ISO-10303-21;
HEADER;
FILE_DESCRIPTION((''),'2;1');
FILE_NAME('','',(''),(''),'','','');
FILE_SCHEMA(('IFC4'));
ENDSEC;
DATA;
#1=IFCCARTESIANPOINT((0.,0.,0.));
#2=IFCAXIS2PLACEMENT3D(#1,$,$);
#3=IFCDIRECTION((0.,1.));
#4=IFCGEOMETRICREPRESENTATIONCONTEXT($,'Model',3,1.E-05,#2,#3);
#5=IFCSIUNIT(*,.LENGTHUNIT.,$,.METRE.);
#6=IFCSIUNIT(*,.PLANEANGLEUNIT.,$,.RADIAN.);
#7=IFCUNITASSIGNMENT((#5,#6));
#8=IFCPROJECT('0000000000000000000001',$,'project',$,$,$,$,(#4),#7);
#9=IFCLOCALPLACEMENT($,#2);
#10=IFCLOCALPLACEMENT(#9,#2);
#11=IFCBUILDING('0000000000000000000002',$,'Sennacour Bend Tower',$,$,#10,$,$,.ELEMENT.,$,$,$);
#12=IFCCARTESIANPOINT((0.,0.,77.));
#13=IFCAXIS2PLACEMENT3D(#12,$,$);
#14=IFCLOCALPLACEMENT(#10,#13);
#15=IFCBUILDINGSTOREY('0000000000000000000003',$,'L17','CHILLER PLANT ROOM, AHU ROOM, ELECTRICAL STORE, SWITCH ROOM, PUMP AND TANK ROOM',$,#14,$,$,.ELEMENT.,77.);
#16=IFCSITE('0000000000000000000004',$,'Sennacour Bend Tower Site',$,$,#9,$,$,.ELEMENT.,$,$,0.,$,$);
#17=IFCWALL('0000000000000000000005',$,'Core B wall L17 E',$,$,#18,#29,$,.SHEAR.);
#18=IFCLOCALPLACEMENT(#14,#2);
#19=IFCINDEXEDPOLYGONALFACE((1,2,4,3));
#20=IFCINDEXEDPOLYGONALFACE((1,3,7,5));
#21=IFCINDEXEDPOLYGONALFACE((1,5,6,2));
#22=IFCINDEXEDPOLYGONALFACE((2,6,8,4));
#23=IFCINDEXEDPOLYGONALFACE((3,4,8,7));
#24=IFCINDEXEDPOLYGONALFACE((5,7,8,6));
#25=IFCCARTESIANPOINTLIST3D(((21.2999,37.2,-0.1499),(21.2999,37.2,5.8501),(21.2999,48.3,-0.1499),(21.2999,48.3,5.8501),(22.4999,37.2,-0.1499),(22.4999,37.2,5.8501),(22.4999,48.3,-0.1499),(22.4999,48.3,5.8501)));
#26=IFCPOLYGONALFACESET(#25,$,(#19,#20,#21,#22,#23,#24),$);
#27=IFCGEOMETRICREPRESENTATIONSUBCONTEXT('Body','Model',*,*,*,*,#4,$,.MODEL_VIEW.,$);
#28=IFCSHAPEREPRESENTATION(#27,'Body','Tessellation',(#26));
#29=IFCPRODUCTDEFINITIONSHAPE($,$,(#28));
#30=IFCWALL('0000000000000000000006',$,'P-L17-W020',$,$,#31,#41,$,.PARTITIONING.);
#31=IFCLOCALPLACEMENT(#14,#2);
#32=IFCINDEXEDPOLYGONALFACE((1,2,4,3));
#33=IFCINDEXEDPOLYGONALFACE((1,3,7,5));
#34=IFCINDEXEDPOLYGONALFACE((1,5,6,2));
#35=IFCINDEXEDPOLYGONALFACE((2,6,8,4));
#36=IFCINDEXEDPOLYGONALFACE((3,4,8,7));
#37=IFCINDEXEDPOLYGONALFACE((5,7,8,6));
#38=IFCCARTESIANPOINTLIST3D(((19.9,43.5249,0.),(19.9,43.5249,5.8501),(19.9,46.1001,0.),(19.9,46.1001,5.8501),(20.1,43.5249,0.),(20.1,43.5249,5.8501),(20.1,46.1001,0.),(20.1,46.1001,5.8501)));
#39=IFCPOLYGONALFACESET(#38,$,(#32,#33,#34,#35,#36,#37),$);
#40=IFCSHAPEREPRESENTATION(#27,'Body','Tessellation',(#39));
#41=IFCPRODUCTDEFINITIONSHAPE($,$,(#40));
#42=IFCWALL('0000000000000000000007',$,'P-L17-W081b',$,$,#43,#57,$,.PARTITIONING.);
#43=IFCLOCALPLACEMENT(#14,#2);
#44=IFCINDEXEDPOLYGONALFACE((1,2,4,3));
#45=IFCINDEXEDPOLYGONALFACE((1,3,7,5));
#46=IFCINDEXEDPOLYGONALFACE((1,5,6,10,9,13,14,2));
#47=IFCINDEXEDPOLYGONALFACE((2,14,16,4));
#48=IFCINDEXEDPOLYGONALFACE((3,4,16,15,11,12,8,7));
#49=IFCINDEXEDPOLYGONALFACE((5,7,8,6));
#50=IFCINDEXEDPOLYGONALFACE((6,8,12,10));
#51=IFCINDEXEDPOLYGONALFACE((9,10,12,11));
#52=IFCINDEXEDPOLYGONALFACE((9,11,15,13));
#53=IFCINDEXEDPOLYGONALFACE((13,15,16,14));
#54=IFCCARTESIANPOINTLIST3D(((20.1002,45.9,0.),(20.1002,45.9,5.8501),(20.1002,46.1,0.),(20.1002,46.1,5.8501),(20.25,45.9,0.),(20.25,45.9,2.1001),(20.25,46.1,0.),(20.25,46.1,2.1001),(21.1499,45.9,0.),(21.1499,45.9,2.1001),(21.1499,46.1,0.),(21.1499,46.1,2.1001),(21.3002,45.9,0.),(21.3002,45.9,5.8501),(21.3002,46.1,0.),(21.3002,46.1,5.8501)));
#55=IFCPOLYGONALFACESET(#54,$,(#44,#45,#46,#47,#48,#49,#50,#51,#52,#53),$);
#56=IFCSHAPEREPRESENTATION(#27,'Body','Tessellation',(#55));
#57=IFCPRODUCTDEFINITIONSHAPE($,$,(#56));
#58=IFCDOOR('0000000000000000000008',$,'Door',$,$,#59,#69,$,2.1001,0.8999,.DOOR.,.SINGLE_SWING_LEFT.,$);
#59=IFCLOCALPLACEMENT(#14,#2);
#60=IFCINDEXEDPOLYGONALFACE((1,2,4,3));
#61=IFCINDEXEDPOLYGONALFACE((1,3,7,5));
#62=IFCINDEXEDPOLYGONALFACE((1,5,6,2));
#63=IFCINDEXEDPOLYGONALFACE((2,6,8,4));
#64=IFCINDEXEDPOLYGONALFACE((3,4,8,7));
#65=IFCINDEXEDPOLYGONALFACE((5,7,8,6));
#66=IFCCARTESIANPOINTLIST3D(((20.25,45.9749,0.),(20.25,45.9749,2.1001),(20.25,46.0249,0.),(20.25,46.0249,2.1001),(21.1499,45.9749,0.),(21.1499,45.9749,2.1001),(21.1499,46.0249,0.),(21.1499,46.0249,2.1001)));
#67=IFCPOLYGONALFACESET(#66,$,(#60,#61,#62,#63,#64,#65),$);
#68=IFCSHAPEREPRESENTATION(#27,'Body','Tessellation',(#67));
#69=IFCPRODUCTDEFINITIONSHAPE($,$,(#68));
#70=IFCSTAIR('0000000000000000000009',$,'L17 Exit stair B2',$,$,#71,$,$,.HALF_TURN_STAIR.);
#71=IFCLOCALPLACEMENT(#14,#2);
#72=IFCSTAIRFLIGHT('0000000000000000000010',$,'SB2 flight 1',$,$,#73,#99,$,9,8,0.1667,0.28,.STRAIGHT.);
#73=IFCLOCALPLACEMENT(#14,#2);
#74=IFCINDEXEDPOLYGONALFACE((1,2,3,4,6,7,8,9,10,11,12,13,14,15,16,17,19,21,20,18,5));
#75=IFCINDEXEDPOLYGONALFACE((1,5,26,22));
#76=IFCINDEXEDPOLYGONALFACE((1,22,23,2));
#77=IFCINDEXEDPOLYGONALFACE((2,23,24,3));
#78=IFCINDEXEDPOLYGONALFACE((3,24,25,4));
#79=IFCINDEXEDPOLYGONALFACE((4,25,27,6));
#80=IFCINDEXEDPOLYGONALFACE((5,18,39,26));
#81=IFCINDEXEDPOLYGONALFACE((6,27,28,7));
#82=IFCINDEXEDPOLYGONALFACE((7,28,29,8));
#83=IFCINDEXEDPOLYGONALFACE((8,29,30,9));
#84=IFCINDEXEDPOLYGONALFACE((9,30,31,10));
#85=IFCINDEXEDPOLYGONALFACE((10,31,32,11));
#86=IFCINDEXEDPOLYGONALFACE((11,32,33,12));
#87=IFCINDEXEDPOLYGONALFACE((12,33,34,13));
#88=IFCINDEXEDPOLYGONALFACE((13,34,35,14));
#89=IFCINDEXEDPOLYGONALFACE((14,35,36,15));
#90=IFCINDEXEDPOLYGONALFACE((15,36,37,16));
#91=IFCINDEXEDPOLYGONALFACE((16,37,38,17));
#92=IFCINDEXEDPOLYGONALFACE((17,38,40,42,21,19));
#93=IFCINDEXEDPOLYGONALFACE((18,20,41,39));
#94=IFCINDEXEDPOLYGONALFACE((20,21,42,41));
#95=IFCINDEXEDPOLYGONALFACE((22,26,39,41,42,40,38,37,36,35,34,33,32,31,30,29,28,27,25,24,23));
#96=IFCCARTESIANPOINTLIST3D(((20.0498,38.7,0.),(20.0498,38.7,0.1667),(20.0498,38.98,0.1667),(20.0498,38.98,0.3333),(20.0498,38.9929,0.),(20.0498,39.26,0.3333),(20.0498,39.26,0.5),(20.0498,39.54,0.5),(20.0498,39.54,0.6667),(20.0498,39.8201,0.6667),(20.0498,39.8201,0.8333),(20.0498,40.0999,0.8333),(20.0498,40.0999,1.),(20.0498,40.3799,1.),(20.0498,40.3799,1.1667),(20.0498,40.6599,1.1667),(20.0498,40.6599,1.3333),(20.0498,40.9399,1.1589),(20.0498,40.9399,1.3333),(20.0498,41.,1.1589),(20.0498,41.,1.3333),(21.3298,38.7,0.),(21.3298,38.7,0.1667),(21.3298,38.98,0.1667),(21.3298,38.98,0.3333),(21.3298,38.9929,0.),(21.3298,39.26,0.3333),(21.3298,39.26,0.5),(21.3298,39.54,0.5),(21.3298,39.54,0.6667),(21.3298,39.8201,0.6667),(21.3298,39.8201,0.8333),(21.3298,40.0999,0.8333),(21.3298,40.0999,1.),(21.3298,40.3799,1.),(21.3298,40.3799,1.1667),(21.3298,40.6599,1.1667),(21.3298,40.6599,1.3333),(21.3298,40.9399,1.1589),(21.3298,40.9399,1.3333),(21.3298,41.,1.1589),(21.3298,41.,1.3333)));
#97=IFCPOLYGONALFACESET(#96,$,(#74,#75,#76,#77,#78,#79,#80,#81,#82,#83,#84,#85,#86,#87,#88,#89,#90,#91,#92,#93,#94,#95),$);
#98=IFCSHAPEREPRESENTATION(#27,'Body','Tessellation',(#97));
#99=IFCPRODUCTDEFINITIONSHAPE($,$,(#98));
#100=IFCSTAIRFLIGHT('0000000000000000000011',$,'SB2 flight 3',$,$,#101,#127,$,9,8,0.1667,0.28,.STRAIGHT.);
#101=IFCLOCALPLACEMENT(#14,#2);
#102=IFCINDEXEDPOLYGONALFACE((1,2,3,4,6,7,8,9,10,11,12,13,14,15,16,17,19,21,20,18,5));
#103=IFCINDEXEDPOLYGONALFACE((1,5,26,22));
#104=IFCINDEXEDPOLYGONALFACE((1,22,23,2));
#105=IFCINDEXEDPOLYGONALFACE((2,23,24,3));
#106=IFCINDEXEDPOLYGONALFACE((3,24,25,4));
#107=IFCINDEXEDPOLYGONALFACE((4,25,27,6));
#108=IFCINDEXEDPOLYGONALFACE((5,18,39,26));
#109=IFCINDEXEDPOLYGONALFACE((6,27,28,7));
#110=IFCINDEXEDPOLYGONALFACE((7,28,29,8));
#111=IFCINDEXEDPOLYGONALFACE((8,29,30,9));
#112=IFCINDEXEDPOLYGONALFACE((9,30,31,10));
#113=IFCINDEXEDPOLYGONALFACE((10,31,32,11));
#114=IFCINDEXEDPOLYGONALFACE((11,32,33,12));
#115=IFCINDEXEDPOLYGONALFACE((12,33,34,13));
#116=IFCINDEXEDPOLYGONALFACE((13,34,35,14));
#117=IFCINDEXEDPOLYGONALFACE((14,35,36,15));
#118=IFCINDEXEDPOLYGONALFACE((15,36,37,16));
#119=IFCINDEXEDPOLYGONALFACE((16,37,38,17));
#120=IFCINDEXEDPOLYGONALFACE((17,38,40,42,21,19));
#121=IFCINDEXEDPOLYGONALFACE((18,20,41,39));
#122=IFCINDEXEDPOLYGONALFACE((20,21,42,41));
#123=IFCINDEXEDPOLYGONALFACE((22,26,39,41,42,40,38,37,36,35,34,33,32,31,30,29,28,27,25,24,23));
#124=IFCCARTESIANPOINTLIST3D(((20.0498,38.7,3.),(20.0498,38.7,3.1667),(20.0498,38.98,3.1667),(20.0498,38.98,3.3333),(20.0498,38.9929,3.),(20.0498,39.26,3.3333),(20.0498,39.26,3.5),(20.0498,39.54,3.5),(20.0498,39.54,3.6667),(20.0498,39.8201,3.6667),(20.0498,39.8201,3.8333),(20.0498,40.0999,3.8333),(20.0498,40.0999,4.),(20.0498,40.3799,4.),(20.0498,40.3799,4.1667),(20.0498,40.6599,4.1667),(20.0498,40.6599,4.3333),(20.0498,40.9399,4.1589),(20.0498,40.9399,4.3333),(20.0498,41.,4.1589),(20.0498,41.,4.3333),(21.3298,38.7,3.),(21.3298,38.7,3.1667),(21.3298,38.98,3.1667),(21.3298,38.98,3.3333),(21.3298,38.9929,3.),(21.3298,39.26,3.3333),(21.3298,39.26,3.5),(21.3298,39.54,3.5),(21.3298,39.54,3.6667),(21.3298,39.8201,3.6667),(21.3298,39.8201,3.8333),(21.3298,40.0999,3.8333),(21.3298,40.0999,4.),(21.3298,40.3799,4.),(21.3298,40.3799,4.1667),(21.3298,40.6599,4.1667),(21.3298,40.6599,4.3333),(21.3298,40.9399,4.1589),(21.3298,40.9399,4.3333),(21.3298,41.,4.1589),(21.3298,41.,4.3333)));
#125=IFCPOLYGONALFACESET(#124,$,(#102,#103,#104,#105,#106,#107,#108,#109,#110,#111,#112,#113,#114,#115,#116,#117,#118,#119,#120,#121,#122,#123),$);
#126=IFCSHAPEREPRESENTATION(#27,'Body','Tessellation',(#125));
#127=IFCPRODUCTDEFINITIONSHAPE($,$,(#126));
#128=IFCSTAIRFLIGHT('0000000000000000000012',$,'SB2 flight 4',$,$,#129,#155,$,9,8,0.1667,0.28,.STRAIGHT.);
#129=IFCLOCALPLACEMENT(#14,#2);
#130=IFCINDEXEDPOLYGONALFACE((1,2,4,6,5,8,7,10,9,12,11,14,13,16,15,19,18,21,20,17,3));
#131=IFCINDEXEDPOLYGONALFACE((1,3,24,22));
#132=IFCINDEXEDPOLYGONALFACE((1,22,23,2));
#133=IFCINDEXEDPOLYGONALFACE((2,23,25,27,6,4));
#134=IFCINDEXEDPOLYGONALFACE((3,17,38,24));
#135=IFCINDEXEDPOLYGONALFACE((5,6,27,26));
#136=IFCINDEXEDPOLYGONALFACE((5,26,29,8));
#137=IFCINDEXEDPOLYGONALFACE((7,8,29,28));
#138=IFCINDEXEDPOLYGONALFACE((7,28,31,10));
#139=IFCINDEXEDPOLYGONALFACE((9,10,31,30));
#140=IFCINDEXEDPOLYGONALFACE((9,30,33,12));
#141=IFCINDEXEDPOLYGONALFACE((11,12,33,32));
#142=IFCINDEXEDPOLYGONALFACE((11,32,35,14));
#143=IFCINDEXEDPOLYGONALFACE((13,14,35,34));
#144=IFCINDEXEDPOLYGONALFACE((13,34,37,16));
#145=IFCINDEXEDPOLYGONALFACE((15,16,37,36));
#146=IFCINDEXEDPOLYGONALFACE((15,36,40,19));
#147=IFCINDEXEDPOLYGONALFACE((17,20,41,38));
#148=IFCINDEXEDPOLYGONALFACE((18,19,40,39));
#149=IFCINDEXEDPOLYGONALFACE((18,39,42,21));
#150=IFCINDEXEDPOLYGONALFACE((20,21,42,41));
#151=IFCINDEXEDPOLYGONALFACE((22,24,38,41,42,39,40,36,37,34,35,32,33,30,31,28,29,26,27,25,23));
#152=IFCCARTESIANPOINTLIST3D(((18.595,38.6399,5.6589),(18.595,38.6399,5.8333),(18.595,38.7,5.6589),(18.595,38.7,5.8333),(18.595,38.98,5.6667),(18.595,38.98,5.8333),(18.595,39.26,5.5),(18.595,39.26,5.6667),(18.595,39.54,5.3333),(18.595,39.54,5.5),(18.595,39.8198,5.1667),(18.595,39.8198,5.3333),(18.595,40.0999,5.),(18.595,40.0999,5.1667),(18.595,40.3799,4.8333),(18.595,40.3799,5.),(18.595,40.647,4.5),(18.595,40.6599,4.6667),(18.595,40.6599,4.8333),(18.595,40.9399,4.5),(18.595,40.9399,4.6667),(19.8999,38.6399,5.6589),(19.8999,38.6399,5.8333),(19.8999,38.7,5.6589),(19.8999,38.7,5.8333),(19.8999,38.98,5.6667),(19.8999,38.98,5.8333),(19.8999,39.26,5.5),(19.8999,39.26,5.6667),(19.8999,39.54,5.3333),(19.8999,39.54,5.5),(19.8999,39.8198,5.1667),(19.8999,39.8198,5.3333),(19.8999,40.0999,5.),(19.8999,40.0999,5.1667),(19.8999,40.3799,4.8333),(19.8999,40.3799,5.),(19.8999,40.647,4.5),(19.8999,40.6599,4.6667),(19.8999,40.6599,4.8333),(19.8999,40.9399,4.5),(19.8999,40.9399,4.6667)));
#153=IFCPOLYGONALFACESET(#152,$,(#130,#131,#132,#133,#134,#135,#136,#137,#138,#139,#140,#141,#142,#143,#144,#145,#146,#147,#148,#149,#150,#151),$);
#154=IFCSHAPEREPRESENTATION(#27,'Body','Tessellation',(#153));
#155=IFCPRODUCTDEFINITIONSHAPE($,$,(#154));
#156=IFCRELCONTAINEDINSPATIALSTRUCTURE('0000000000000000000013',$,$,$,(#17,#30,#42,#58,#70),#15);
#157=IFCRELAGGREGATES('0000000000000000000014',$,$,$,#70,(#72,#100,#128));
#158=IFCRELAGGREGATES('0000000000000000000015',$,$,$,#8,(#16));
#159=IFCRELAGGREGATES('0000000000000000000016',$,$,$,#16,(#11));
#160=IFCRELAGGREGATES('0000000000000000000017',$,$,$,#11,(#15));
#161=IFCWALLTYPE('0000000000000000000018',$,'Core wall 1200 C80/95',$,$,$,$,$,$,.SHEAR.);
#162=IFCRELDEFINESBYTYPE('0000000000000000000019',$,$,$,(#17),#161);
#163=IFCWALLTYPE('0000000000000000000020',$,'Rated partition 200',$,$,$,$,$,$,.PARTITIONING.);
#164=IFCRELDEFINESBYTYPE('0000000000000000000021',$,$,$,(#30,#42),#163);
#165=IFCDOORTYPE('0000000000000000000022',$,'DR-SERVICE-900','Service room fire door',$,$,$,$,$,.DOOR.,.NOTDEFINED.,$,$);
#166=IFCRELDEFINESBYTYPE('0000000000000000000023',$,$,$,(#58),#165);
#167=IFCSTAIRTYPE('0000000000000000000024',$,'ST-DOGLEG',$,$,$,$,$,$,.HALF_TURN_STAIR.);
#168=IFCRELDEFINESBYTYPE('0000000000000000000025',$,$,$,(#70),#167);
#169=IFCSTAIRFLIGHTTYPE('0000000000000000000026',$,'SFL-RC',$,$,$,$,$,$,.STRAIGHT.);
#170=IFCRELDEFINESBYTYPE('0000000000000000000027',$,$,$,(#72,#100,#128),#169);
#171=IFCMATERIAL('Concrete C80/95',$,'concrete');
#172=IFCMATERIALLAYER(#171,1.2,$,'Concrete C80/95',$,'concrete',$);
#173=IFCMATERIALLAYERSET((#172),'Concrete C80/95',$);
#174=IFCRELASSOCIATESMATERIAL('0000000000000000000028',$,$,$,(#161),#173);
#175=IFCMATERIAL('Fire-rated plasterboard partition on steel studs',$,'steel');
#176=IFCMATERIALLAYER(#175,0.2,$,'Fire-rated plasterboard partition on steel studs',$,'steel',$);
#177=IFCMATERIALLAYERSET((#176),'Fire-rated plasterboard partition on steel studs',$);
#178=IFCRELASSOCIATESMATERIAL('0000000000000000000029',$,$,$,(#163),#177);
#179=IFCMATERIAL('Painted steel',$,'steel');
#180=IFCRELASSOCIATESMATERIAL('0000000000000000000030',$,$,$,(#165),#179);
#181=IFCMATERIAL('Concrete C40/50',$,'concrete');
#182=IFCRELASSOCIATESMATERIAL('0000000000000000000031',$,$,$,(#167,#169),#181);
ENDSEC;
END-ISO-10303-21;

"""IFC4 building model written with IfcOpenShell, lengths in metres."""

from ifc_helpers import new_model, si_unit, direction, frame, frame_2d, origin, place, context, subcontext, project, spatial, polyline, rectangle, outline, extrude, material, layer, layer_set, type_object, element, fill, aggregate, save


model = new_model("IFC4")

# Units and contexts
model_context = context("Model", 3, precision=1e-05, world=origin(), true_north=direction((0.0, 1.0)))
body_context = subcontext(model_context, "Body", "Model", "MODEL_VIEW")
ifc_project = project(units=[si_unit("LENGTHUNIT", "METRE"), si_unit("PLANEANGLEUNIT", "RADIAN")], contexts=[model_context])

# Site, building, storey
site_placement = place(None, origin())
site = spatial("IfcSite", under=ifc_project, at=site_placement, Name="Sennacour Bend Tower Site", CompositionType="ELEMENT", RefElevation=0.0)
building_placement = place(site_placement, origin())
building = spatial("IfcBuilding", under=site, at=building_placement, Name="Sennacour Bend Tower", CompositionType="ELEMENT")
storey_placement = place(building_placement, frame((0.0, 0.0, 77.0)))
storey = spatial("IfcBuildingStorey", under=building, at=storey_placement, Name="L17", Description="CHILLER PLANT ROOM, AHU ROOM, ELECTRICAL STORE, SWITCH ROOM, PUMP AND TANK ROOM", CompositionType="ELEMENT", Elevation=77.0)

# Walls
ifc_material_1 = material(Name="Concrete C80/95", Category="concrete")
ifc_layer_1 = layer(ifc_material_1, 1.2, Name="Concrete C80/95", Category="concrete")
ifc_layer_set_1 = layer_set([ifc_layer_1], Name="Concrete C80/95")
wall_type_1 = type_object("IfcWallType", Name="Core wall 1200 C80/95", PredefinedType="SHEAR", material=ifc_layer_set_1)
wall_1_placement = place(storey_placement, frame((21.8999, 37.2, -0.1499), z_axis=(0.0, 0.0, 1.0), x_axis=(0.0, 1.0, 0.0)))
element("IfcWall", 1, at=wall_1_placement, inside=storey, type_object=wall_type_1, Name="Core B wall L17 E", PredefinedType="SHEAR", context=body_context, shape_type="SweptSolid", body=[
    extrude(rectangle(XDim=11.1001, YDim=1.2, at=frame_2d((5.55, 0.0))), origin(), (0.0, 0.0, 1.0), 6.0),
])
ifc_material_2 = material(Name="Fire-rated plasterboard partition on steel studs", Category="steel")
ifc_layer_2 = layer(ifc_material_2, 0.2, Name="Fire-rated plasterboard partition on steel studs", Category="steel")
ifc_layer_set_2 = layer_set([ifc_layer_2], Name="Fire-rated plasterboard partition on steel studs")
wall_type_2 = type_object("IfcWallType", Name="Rated partition 200", PredefinedType="PARTITIONING", material=ifc_layer_set_2)
wall_2_placement = place(storey_placement, frame((20.0, 43.5249, 0.0), z_axis=(0.0, 0.0, 1.0), x_axis=(0.0, 1.0, 0.0)))
element("IfcWall", 2, at=wall_2_placement, inside=storey, type_object=wall_type_2, Name="P-L17-W020", PredefinedType="PARTITIONING", context=body_context, shape_type="SweptSolid", body=[
    extrude(rectangle(XDim=2.5752, YDim=0.2, at=frame_2d((1.2876, 0.0))), origin(), (0.0, 0.0, 1.0), 5.8501),
])

# Wall, opening, door
wall_3_placement = place(storey_placement, frame((20.1001, 46.0, 0.0), z_axis=(0.0, 0.0, 1.0), x_axis=(1.0, 0.0, 0.0)))
wall_3 = element("IfcWall", 3, at=wall_3_placement, inside=storey, type_object=wall_type_2, Name="P-L17-W081b", PredefinedType="PARTITIONING", context=body_context, shape_type="SweptSolid", body=[
    extrude(rectangle(XDim=1.2, YDim=0.2, at=frame_2d((0.6001, 0.0))), origin(), (0.0, 0.0, 1.0), 5.8501),
])
opening_placement = place(wall_3_placement, frame((0.1499, 0.0, 0.0)))
opening = element("IfcOpeningElement", 4, at=opening_placement, cuts=wall_3, PredefinedType="OPENING", context=body_context, shape_type="SweptSolid", body=[
    extrude(rectangle(XDim=0.8999, YDim=2.1001, at=frame_2d((0.45, 1.05))), frame((0.0, 0.1099, 0.0), z_axis=(0.0, -1.0, 0.0), x_axis=(1.0, 0.0, 0.0)), (0.0, 0.0, 1.0), 0.22),
])
ifc_material_3 = material(Name="Painted steel", Category="steel")
door_type = type_object("IfcDoorType", Name="DR-SERVICE-900", Description="Service room fire door", OperationType="NOTDEFINED", PredefinedType="DOOR", material=ifc_material_3)
door_placement = place(opening_placement, origin())
door = element("IfcDoor", 5, at=door_placement, inside=storey, type_object=door_type, Name="Door", OperationType="SINGLE_SWING_LEFT", OverallHeight=2.1001, OverallWidth=0.8999, PredefinedType="DOOR", context=body_context, shape_type="SweptSolid", body=[
    extrude(rectangle(XDim=0.8999, YDim=2.1001, at=frame_2d((0.45, 1.05))), frame((0.0, 0.0249, 0.0), z_axis=(0.0, -1.0, 0.0), x_axis=(1.0, 0.0, 0.0)), (0.0, 0.0, 1.0), 0.05),
])
fill(opening, door)

# Stair, stair flights
ifc_material_4 = material(Name="Concrete C40/50", Category="concrete")
stair_type = type_object("IfcStairType", Name="ST-DOGLEG", PredefinedType="HALF_TURN_STAIR", material=ifc_material_4)
stair_placement = place(storey_placement, origin())
stair = element("IfcStair", 6, at=stair_placement, inside=storey, type_object=stair_type, Name="L17 Exit stair B2", PredefinedType="HALF_TURN_STAIR")
stair_flight_type = type_object("IfcStairFlightType", Name="SFL-RC", PredefinedType="STRAIGHT", material=ifc_material_4)
stair_flight_1_placement = place(storey_placement, frame((20.6899, 38.7, 0.0), z_axis=(0.0, 0.0, 1.0), x_axis=(0.0, 1.0, 0.0)))
stair_flight_1 = element("IfcStairFlight", 7, at=stair_flight_1_placement, type_object=stair_flight_type, Name="SB2 flight 1", NumberOfRisers=9, NumberOfTreads=8, PredefinedType="STRAIGHT", RiserHeight=0.1667, TreadLength=0.28, context=body_context, shape_type="SweptSolid", body=[
    extrude(outline(polyline([(0.0, 0.0), (0.0, 0.1667), (0.28, 0.1667), (0.28, 0.3333), (0.5601, 0.3333), (0.5601, 0.5), (0.8401, 0.5), (0.8401, 0.6667), (1.1201, 0.6667), (1.1201, 0.8333), (1.3999, 0.8333), (1.3999, 1.0), (1.6799, 1.0), (1.6799, 1.1667), (1.96, 1.1667), (1.96, 1.3333), (2.24, 1.3333), (2.3, 1.3333), (2.3, 1.1589), (2.24, 1.1589), (0.293, 0.0), (0.0, 0.0)])), frame((0.0, 0.6401, 0.0), z_axis=(0.0, -1.0, 0.0), x_axis=(1.0, 0.0, 0.0)), (0.0, 0.0, 1.0), 1.28),
])
stair_flight_2_placement = place(storey_placement, frame((20.6899, 38.7, 3.0), z_axis=(0.0, 0.0, 1.0), x_axis=(0.0, 1.0, 0.0)))
stair_flight_2 = element("IfcStairFlight", 8, at=stair_flight_2_placement, type_object=stair_flight_type, Name="SB2 flight 3", NumberOfRisers=9, NumberOfTreads=8, PredefinedType="STRAIGHT", RiserHeight=0.1667, TreadLength=0.28, context=body_context, shape_type="SweptSolid", body=[
    extrude(outline(polyline([(0.0, 0.0), (0.0, 0.1667), (0.28, 0.1667), (0.28, 0.3333), (0.5601, 0.3333), (0.5601, 0.5), (0.8401, 0.5), (0.8401, 0.6667), (1.1201, 0.6667), (1.1201, 0.8333), (1.3999, 0.8333), (1.3999, 1.0), (1.6799, 1.0), (1.6799, 1.1667), (1.96, 1.1667), (1.96, 1.3333), (2.24, 1.3333), (2.3, 1.3333), (2.3, 1.1589), (2.24, 1.1589), (0.293, 0.0), (0.0, 0.0)])), frame((0.0, 0.6401, 0.0), z_axis=(0.0, -1.0, 0.0), x_axis=(1.0, 0.0, 0.0)), (0.0, 0.0, 1.0), 1.28),
])
stair_flight_3_placement = place(storey_placement, frame((19.2476, 40.9399, 4.5), z_axis=(0.0, 0.0, 1.0), x_axis=(0.0, -1.0, 0.0)))
stair_flight_3 = element("IfcStairFlight", 9, at=stair_flight_3_placement, type_object=stair_flight_type, Name="SB2 flight 4", NumberOfRisers=9, NumberOfTreads=8, PredefinedType="STRAIGHT", RiserHeight=0.1667, TreadLength=0.28, context=body_context, shape_type="SweptSolid", body=[
    extrude(outline(polyline([(0.0, 0.0), (0.0, 0.1667), (0.28, 0.1667), (0.28, 0.3333), (0.5601, 0.3333), (0.5601, 0.5), (0.8401, 0.5), (0.8401, 0.6667), (1.1201, 0.6667), (1.1201, 0.8333), (1.3999, 0.8333), (1.3999, 1.0), (1.6799, 1.0), (1.6799, 1.1667), (1.96, 1.1667), (1.96, 1.3333), (2.24, 1.3333), (2.3, 1.3333), (2.3, 1.1589), (2.24, 1.1589), (0.293, 0.0), (0.0, 0.0)])), frame((0.0, 0.6523, 0.0), z_axis=(0.0, -1.0, 0.0), x_axis=(1.0, 0.0, 0.0)), (0.0, 0.0, 1.0), 1.3049),
])
aggregate(stair, [stair_flight_1, stair_flight_2, stair_flight_3])

save(model, "model.ifc")
